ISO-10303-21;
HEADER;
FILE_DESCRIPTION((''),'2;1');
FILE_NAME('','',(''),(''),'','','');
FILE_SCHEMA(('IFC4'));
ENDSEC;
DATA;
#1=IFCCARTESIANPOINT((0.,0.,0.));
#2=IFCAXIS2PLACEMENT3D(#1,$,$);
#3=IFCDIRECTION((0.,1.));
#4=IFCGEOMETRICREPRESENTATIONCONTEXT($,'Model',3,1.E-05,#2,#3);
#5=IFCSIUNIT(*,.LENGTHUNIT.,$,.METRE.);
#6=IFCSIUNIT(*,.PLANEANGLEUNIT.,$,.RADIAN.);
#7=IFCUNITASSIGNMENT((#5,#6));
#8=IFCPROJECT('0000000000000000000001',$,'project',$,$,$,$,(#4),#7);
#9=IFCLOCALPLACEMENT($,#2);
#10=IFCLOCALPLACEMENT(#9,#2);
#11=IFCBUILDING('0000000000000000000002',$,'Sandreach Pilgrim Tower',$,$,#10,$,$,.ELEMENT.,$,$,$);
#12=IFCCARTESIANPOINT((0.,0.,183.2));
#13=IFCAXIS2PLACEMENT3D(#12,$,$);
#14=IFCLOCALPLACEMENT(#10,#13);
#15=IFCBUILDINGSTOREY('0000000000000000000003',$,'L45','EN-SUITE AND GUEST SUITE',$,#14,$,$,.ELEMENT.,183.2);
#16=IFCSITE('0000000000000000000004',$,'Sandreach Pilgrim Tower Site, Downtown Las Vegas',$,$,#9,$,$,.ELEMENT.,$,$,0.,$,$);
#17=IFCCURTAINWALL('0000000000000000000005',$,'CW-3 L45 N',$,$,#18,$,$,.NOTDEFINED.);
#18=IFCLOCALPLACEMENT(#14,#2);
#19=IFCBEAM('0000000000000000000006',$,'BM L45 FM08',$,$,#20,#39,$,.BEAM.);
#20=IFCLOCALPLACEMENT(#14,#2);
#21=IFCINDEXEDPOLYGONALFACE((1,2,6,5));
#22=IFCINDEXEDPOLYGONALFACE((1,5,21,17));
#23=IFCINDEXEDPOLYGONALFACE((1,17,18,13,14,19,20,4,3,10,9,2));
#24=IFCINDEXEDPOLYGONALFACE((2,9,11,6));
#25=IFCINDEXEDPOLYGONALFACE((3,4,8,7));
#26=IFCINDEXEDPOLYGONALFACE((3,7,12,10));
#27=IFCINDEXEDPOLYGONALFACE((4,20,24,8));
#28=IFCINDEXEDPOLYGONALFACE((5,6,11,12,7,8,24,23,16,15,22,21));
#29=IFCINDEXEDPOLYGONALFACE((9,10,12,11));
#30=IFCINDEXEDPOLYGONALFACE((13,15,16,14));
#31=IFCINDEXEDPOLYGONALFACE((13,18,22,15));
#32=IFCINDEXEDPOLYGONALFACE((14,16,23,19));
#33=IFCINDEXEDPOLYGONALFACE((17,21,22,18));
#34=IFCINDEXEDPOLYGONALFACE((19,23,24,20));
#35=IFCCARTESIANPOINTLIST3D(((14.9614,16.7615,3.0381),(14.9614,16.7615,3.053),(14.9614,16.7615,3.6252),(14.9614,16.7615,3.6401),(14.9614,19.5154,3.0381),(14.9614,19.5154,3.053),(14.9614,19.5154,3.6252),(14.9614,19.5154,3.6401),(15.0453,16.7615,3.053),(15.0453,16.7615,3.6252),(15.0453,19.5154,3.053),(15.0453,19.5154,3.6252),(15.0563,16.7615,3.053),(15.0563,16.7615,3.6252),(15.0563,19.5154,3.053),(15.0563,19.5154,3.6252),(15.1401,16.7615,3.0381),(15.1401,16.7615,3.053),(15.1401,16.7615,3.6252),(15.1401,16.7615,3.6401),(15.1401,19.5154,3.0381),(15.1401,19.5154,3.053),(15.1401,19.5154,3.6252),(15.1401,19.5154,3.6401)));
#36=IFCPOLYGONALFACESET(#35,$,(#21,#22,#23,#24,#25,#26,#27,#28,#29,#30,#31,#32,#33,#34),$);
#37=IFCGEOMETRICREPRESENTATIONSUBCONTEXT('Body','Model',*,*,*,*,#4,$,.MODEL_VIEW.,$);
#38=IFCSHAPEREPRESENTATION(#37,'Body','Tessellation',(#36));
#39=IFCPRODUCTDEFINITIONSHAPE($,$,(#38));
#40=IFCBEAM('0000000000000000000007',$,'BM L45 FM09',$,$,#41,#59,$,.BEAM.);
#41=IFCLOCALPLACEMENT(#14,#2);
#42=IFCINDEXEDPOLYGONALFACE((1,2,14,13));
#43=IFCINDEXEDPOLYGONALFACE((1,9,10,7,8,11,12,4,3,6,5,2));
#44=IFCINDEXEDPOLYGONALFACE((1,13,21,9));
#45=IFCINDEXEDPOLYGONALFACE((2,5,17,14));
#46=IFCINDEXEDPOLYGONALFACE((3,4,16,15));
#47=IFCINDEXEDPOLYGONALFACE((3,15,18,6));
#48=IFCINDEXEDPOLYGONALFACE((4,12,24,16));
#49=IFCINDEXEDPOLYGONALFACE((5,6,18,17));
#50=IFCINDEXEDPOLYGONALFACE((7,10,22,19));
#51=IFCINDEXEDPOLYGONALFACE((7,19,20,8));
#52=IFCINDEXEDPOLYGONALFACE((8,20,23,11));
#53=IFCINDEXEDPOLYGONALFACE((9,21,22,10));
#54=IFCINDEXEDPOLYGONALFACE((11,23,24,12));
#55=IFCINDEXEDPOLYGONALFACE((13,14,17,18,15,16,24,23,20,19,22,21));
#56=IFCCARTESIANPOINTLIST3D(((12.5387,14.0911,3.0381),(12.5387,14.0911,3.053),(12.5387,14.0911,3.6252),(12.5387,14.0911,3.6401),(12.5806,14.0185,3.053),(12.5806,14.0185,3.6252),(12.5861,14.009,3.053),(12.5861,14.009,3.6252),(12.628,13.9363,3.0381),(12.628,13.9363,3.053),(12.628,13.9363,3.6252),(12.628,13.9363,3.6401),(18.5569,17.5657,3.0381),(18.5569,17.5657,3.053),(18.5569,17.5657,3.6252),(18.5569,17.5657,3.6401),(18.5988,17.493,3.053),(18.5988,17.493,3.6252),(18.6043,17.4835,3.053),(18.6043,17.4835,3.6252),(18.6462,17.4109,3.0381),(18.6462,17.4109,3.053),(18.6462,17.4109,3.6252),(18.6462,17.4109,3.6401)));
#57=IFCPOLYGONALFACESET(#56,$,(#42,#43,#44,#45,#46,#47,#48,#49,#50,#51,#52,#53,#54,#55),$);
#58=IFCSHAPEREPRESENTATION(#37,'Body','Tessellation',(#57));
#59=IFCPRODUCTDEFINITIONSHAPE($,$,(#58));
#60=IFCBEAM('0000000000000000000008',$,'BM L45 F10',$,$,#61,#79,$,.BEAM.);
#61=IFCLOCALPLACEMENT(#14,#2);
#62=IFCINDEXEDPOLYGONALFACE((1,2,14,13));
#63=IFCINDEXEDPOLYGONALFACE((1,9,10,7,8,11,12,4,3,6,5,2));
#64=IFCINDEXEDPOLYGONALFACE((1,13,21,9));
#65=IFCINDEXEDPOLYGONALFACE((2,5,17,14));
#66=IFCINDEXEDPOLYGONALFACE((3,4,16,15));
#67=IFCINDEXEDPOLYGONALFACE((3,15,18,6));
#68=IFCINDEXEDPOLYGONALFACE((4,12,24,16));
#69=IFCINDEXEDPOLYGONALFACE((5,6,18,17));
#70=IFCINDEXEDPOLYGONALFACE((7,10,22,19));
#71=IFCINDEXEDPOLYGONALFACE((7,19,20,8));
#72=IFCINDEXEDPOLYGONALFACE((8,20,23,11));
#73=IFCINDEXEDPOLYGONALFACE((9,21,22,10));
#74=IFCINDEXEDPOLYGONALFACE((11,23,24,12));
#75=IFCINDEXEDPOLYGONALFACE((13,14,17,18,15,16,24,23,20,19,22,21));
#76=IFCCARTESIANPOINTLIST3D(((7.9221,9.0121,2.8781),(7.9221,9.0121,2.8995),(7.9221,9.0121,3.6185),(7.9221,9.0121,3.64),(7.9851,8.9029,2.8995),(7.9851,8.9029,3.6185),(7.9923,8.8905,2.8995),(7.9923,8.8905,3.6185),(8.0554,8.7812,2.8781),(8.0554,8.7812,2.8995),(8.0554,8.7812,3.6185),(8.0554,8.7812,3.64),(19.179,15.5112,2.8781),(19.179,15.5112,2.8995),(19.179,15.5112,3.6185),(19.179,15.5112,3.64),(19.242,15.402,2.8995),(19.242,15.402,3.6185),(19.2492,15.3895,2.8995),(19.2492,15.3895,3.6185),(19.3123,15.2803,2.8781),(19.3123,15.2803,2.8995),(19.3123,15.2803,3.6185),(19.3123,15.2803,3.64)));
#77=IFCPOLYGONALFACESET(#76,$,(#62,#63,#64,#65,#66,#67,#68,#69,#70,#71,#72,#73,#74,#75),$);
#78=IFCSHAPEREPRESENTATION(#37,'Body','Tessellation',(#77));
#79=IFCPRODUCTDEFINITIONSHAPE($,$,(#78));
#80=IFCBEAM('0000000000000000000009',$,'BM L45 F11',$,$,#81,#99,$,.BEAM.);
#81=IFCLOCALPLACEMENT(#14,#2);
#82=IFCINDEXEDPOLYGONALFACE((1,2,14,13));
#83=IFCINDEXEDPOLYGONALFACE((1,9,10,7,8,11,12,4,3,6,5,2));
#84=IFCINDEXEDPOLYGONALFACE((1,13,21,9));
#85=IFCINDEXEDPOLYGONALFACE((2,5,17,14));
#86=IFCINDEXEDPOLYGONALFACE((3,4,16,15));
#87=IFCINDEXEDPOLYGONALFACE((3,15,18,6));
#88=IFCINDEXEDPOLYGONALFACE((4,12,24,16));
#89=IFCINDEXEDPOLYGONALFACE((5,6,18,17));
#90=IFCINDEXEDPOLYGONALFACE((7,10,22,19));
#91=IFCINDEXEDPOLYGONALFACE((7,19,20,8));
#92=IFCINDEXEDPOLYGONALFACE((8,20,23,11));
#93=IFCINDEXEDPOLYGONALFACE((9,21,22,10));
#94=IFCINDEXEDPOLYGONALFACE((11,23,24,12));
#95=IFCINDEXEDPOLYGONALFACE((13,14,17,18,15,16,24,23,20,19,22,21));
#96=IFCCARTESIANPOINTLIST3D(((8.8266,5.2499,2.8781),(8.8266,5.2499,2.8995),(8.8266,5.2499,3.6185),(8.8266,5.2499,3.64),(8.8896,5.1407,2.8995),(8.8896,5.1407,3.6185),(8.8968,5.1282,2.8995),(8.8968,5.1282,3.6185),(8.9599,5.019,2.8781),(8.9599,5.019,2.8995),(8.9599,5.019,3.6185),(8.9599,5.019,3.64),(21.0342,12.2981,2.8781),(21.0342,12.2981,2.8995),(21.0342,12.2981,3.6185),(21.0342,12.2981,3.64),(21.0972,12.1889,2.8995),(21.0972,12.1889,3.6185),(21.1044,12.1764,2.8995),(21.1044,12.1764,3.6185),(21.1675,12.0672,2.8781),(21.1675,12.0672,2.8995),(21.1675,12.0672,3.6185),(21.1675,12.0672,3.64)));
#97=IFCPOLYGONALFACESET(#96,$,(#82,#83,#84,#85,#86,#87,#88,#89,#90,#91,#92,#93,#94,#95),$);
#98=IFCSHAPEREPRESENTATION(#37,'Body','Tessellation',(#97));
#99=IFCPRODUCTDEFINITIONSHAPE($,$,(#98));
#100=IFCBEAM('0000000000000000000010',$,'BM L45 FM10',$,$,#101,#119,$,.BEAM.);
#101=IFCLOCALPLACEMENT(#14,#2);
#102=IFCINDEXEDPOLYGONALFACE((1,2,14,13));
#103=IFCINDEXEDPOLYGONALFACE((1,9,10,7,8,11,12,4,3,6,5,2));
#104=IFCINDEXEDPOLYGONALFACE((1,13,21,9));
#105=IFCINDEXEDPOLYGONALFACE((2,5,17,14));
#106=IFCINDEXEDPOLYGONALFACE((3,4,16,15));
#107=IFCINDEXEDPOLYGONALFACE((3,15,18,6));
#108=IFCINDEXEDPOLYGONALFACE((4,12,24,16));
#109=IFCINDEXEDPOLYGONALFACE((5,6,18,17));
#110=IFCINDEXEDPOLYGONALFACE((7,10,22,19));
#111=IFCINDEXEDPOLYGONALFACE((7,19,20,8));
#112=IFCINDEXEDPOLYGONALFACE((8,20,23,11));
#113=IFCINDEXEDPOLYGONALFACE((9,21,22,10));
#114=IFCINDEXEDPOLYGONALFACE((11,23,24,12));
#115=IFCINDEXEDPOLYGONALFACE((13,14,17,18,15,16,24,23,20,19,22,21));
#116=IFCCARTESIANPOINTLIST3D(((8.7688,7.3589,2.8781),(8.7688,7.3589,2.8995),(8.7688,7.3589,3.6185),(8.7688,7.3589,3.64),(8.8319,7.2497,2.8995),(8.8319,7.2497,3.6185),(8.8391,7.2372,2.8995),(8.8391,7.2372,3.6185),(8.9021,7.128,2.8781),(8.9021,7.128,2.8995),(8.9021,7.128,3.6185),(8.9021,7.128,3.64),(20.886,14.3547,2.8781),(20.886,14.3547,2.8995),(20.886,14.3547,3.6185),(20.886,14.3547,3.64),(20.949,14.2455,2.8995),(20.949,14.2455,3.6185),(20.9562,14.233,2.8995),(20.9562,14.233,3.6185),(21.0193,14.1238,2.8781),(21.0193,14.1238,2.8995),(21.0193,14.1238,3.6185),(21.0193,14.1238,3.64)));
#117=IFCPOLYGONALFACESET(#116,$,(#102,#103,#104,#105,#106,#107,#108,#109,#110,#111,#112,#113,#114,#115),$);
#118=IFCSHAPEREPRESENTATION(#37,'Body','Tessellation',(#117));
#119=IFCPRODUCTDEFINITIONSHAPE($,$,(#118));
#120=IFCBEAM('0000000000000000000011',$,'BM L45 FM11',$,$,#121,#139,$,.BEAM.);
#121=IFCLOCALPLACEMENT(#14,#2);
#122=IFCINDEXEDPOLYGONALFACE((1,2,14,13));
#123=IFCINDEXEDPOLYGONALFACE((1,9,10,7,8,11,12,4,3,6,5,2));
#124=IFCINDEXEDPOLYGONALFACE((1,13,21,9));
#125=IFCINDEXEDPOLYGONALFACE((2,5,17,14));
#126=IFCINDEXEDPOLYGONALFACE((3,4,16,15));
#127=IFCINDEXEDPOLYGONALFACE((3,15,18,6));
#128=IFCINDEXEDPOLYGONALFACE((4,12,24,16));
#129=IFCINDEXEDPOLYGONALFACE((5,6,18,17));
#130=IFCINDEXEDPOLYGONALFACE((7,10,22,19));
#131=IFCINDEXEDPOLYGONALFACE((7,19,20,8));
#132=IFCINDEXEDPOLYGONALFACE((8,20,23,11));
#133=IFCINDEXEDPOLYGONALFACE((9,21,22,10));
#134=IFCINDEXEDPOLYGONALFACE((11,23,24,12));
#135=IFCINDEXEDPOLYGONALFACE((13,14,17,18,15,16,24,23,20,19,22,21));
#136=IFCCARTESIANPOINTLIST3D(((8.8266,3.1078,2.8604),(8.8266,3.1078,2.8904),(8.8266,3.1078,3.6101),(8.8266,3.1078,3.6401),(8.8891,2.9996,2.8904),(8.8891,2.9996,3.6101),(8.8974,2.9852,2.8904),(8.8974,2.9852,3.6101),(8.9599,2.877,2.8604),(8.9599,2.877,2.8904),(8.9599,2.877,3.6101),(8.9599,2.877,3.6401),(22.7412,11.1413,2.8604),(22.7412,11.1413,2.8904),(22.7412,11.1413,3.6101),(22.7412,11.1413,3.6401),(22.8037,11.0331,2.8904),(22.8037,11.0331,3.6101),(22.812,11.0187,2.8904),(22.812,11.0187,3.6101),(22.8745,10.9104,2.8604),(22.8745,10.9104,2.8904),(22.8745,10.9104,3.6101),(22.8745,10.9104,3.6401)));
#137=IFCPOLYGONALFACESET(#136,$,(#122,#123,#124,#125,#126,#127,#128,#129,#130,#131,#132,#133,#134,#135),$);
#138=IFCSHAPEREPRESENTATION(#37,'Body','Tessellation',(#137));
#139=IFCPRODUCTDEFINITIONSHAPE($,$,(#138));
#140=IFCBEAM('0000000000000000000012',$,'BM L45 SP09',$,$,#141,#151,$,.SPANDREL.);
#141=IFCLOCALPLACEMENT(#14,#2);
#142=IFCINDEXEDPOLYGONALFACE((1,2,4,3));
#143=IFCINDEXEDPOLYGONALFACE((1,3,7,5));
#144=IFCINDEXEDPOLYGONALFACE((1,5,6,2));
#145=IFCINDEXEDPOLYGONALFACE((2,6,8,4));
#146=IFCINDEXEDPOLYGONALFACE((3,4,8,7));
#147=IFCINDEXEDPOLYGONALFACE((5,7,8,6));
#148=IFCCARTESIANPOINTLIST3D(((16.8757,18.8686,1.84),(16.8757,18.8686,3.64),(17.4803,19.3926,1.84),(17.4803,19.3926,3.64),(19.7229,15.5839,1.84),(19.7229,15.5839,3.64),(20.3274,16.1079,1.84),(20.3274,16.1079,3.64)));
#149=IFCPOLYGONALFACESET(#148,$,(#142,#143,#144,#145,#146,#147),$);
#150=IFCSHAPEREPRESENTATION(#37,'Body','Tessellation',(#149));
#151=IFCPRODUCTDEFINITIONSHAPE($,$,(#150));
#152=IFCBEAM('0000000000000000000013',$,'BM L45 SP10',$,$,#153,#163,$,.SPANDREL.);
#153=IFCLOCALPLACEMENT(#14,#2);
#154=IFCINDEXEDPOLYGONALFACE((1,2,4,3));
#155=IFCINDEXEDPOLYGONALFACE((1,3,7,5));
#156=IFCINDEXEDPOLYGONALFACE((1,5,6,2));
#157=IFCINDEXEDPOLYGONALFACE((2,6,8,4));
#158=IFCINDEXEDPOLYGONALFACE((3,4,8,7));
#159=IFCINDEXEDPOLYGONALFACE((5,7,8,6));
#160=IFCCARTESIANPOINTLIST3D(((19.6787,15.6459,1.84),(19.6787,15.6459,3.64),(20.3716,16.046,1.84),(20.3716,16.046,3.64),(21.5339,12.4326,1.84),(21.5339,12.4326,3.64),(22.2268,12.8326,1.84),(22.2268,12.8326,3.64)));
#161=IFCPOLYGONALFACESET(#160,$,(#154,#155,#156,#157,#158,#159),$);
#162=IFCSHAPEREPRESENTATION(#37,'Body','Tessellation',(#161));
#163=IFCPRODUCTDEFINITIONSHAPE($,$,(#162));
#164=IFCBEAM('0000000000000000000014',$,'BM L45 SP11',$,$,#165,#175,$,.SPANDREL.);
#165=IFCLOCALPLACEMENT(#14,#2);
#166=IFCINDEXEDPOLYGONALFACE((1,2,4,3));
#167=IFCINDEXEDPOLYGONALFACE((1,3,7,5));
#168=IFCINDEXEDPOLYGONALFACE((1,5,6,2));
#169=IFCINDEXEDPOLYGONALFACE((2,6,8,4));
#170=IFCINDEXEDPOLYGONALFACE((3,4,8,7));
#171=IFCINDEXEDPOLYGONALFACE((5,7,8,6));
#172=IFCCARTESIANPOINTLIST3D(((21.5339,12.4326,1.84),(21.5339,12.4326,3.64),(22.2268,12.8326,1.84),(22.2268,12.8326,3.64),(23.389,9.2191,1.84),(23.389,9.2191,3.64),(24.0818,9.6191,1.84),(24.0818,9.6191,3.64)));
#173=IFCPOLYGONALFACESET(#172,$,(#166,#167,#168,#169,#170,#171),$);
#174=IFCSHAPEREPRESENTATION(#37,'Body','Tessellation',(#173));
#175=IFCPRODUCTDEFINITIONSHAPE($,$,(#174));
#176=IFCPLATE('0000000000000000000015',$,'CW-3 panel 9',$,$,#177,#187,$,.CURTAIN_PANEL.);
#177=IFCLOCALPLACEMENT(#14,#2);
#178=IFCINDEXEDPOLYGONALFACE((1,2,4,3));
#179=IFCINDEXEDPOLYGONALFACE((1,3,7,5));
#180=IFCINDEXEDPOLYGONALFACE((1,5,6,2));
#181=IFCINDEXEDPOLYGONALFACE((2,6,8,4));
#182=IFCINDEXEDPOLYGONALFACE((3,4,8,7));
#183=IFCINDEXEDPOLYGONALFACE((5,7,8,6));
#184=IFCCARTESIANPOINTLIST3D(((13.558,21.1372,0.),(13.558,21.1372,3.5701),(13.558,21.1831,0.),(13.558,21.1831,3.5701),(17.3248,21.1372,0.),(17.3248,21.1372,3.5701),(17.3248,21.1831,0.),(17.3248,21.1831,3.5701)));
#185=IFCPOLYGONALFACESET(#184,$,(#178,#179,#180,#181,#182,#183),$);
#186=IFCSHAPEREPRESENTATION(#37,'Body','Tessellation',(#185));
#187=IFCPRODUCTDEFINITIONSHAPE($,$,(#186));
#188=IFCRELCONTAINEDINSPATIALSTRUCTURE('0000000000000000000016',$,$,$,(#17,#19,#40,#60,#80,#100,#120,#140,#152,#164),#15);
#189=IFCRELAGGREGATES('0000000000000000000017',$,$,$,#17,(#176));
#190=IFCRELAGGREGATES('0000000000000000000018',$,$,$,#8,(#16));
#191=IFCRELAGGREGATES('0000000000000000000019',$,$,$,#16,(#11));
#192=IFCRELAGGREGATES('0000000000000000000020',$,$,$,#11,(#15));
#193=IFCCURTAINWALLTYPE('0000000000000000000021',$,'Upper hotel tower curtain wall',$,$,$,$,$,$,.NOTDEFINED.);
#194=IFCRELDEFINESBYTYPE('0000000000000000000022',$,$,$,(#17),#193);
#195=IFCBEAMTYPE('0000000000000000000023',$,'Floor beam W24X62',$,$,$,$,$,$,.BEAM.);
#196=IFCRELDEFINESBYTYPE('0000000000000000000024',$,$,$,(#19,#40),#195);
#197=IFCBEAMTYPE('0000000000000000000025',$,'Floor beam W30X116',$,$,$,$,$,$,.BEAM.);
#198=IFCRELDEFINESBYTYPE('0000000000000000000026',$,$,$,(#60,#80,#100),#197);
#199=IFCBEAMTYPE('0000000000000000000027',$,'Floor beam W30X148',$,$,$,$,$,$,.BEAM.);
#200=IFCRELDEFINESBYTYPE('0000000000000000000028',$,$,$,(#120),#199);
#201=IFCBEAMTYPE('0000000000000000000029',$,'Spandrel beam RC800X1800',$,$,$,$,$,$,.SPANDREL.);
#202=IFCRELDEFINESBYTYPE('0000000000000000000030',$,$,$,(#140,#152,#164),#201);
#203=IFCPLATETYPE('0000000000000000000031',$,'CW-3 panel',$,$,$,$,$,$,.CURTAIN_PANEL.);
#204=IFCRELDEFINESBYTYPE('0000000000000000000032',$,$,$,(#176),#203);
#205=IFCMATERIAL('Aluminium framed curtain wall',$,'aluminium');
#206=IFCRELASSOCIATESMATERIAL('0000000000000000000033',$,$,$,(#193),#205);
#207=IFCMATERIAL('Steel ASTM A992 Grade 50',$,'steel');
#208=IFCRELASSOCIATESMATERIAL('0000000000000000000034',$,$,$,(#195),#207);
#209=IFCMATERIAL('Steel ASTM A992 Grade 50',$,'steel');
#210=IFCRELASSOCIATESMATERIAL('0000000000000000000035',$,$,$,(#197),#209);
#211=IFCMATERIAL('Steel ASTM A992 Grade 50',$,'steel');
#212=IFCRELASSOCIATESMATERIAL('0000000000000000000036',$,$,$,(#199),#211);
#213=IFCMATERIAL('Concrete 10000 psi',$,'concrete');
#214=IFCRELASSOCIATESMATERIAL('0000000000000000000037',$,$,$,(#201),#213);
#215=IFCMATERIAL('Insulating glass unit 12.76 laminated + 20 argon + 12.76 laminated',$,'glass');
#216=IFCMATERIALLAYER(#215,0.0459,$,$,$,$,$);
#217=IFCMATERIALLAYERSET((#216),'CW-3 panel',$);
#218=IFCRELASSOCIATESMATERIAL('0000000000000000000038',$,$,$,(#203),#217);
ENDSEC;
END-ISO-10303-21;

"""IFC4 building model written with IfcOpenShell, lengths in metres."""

from ifc_helpers import new_model, si_unit, direction, frame, origin, origin_2d, place, context, subcontext, project, spatial, rectangle, i_section, extrude, material, layer, layer_set, material_profile, profile_set, type_object, element, aggregate, save


model = new_model("IFC4")

# Units and contexts
model_context = context("Model", 3, precision=1e-05, world=origin(), true_north=direction((0.0, 1.0)))
body_context = subcontext(model_context, "Body", "Model", "MODEL_VIEW")
ifc_project = project(units=[si_unit("LENGTHUNIT", "METRE"), si_unit("PLANEANGLEUNIT", "RADIAN")], contexts=[model_context])

# Site, building, storey
site_placement = place(None, origin())
site = spatial("IfcSite", under=ifc_project, at=site_placement, Name="Sandreach Pilgrim Tower Site, Downtown Las Vegas", CompositionType="ELEMENT", RefElevation=0.0)
building_placement = place(site_placement, origin())
building = spatial("IfcBuilding", under=site, at=building_placement, Name="Sandreach Pilgrim Tower", CompositionType="ELEMENT")
storey_placement = place(building_placement, frame((0.0, 0.0, 183.2)))
storey = spatial("IfcBuildingStorey", under=building, at=storey_placement, Name="L45", Description="EN-SUITE AND GUEST SUITE", CompositionType="ELEMENT", Elevation=183.2)

# Curtain wall
ifc_material_1 = material(Name="Aluminium framed curtain wall", Category="aluminium")
curtain_wall_type = type_object("IfcCurtainWallType", Name="Upper hotel tower curtain wall", PredefinedType="NOTDEFINED", material=ifc_material_1)
curtain_wall_1_placement = place(storey_placement, origin())
curtain_wall_1 = element("IfcCurtainWall", 1, at=curtain_wall_1_placement, inside=storey, type_object=curtain_wall_type, Name="CW-3 L45 N", PredefinedType="NOTDEFINED")

# Beams
ifc_material_2 = material(Name="Steel ASTM A992 Grade 50", Category="steel")
ifc_material_profile_1 = material_profile(ifc_material_2, i_section(OverallWidth=0.1787, OverallDepth=0.6021, WebThickness=0.011, FlangeThickness=0.0149, at=origin_2d()), Name="W24X62")
ifc_profile_set_1 = profile_set([ifc_material_profile_1], Name="Steel ASTM A992 Grade 50")
beam_type_1 = type_object("IfcBeamType", Name="Floor beam W24X62", PredefinedType="BEAM", material=ifc_profile_set_1)
beam_1_placement = place(storey_placement, frame((15.0508, 19.5154, 3.3391), z_axis=(0.0, -1.0, 0.0), x_axis=(1.0, 0.0, 0.0)))
element("IfcBeam", 2, at=beam_1_placement, inside=storey, type_object=beam_type_1, Name="BM L45 FM08", PredefinedType="BEAM", context=body_context, shape_type="SweptSolid", body=[
    extrude(i_section(OverallWidth=0.1787, OverallDepth=0.6021, WebThickness=0.011, FlangeThickness=0.0149, at=origin_2d()), origin(), (0.0, 0.0, 1.0), 2.7539),
])
beam_2_placement = place(storey_placement, frame((18.6016, 17.4883, 3.3391), z_axis=(-0.866029, -0.499993, 0.0), x_axis=(0.499993, -0.866029, 0.0)))
element("IfcBeam", 3, at=beam_2_placement, inside=storey, type_object=beam_type_1, Name="BM L45 FM09", PredefinedType="BEAM", context=body_context, shape_type="SweptSolid", body=[
    extrude(i_section(OverallWidth=0.1787, OverallDepth=0.6021, WebThickness=0.011, FlangeThickness=0.0149, at=origin_2d()), origin(), (0.0, 0.0, 1.0), 6.9492),
])
ifc_material_3 = material(Name="Steel ASTM A992 Grade 50", Category="steel")
ifc_material_profile_2 = material_profile(ifc_material_3, i_section(OverallWidth=0.2666, OverallDepth=0.762, WebThickness=0.0144, FlangeThickness=0.0215, at=origin_2d()), Name="W30X116")
ifc_profile_set_2 = profile_set([ifc_material_profile_2], Name="Steel ASTM A992 Grade 50")
beam_type_2 = type_object("IfcBeamType", Name="Floor beam W30X116", PredefinedType="BEAM", material=ifc_profile_set_2)
beam_3_placement = place(storey_placement, frame((19.2456, 15.3958, 3.259), z_axis=(-0.866029, -0.499993, 0.0), x_axis=(0.499993, -0.866029, 0.0)))
element("IfcBeam", 4, at=beam_3_placement, inside=storey, type_object=beam_type_2, Name="BM L45 F10", PredefinedType="BEAM", context=body_context, shape_type="SweptSolid", body=[
    extrude(i_section(OverallWidth=0.2666, OverallDepth=0.762, WebThickness=0.0144, FlangeThickness=0.0215, at=origin_2d()), origin(), (0.0, 0.0, 1.0), 12.9983),
])
beam_4_placement = place(storey_placement, frame((21.1008, 12.1826, 3.259), z_axis=(-0.866023, -0.500004, 0.0), x_axis=(0.500004, -0.866023, 0.0)))
element("IfcBeam", 5, at=beam_4_placement, inside=storey, type_object=beam_type_2, Name="BM L45 F11", PredefinedType="BEAM", context=body_context, shape_type="SweptSolid", body=[
    extrude(i_section(OverallWidth=0.2666, OverallDepth=0.762, WebThickness=0.0144, FlangeThickness=0.0215, at=origin_2d()), origin(), (0.0, 0.0, 1.0), 14.0962),
])
beam_5_placement = place(storey_placement, frame((20.9526, 14.2393, 3.259), z_axis=(-0.866026, -0.499999, 0.0), x_axis=(0.499999, -0.866026, 0.0)))
element("IfcBeam", 6, at=beam_5_placement, inside=storey, type_object=beam_type_2, Name="BM L45 FM10", PredefinedType="BEAM", context=body_context, shape_type="SweptSolid", body=[
    extrude(i_section(OverallWidth=0.2666, OverallDepth=0.762, WebThickness=0.0144, FlangeThickness=0.0215, at=origin_2d()), origin(), (0.0, 0.0, 1.0), 13.9917),
])
ifc_material_4 = material(Name="Steel ASTM A992 Grade 50", Category="steel")
ifc_material_profile_3 = material_profile(ifc_material_4, i_section(OverallWidth=0.2666, OverallDepth=0.7798, WebThickness=0.0166, FlangeThickness=0.03, at=origin_2d()), Name="W30X148")
ifc_profile_set_3 = profile_set([ifc_material_profile_3], Name="Steel ASTM A992 Grade 50")
beam_type_3 = type_object("IfcBeamType", Name="Floor beam W30X148", PredefinedType="BEAM", material=ifc_profile_set_3)
beam_6_placement = place(storey_placement, frame((22.8079, 11.0259, 3.2502), z_axis=(-0.866029, -0.499994, 0.0), x_axis=(0.499994, -0.866029, 0.0)))
element("IfcBeam", 7, at=beam_6_placement, inside=storey, type_object=beam_type_3, Name="BM L45 FM11", PredefinedType="BEAM", context=body_context, shape_type="SweptSolid", body=[
    extrude(i_section(OverallWidth=0.2666, OverallDepth=0.7798, WebThickness=0.0166, FlangeThickness=0.03, at=origin_2d()), origin(), (0.0, 0.0, 1.0), 16.0671),
])
ifc_material_5 = material(Name="Concrete 10000 psi", Category="concrete")
ifc_material_profile_4 = material_profile(ifc_material_5, rectangle(XDim=0.8, YDim=1.8, at=origin_2d()), Name="RC800X1800")
ifc_profile_set_4 = profile_set([ifc_material_profile_4], Name="Concrete 10000 psi")
beam_type_4 = type_object("IfcBeamType", Name="Spandrel beam RC800X1800", PredefinedType="SPANDREL", material=ifc_profile_set_4)
beam_7_placement = place(storey_placement, frame((17.178, 19.1306, 2.74), z_axis=(0.65499, -0.755637, 0.0), x_axis=(0.755637, 0.65499, 0.0)))
element("IfcBeam", 8, at=beam_7_placement, inside=storey, type_object=beam_type_4, Name="BM L45 SP09", PredefinedType="SPANDREL", context=body_context, shape_type="SweptSolid", body=[
    extrude(rectangle(XDim=0.8, YDim=1.8, at=origin_2d()), origin(), (0.0, 0.0, 1.0), 4.3469),
])
for number, where, z_axis, x_axis, name in (
    (9, (20.0251, 15.8459, 2.74), (0.499996, -0.866028, 0.0), (0.866028, 0.499996, 0.0), "BM L45 SP10"),
    (10, (21.8804, 12.6326, 2.74), (0.499946, -0.866056, 0.0), (0.866056, 0.499946, 0.0), "BM L45 SP11"),
):
    element("IfcBeam", number, at=place(storey_placement, frame(where, z_axis=z_axis, x_axis=x_axis)), inside=storey, type_object=beam_type_4, Name=name, PredefinedType="SPANDREL", context=body_context, shape_type="SweptSolid", body=[
        extrude(rectangle(XDim=0.8, YDim=1.8, at=origin_2d()), origin(), (0.0, 0.0, 1.0), 3.7104),
    ])

# Plate
ifc_material_6 = material(Name="Insulating glass unit 12.76 laminated + 20 argon + 12.76 laminated", Category="glass")
ifc_layer_1 = layer(ifc_material_6, 0.0459)
ifc_layer_set_1 = layer_set([ifc_layer_1], Name="CW-3 panel")
plate_type = type_object("IfcPlateType", Name="CW-3 panel", PredefinedType="CURTAIN_PANEL", material=ifc_layer_set_1)
plate_1_placement = place(storey_placement, frame((15.4414, 21.1602, 0.0), z_axis=(0.0, 0.0, 1.0), x_axis=(1.0, 0.0, 0.0)))
plate_1 = element("IfcPlate", 11, at=plate_1_placement, type_object=plate_type, Name="CW-3 panel 9", PredefinedType="CURTAIN_PANEL", context=body_context, shape_type="SweptSolid", body=[
    extrude(rectangle(XDim=3.7668, YDim=0.0459, at=origin_2d()), origin(), (0.0, 0.0, 1.0), 3.5701),
])
aggregate(curtain_wall_1, [plate_1])

save(model, "model.ifc")
